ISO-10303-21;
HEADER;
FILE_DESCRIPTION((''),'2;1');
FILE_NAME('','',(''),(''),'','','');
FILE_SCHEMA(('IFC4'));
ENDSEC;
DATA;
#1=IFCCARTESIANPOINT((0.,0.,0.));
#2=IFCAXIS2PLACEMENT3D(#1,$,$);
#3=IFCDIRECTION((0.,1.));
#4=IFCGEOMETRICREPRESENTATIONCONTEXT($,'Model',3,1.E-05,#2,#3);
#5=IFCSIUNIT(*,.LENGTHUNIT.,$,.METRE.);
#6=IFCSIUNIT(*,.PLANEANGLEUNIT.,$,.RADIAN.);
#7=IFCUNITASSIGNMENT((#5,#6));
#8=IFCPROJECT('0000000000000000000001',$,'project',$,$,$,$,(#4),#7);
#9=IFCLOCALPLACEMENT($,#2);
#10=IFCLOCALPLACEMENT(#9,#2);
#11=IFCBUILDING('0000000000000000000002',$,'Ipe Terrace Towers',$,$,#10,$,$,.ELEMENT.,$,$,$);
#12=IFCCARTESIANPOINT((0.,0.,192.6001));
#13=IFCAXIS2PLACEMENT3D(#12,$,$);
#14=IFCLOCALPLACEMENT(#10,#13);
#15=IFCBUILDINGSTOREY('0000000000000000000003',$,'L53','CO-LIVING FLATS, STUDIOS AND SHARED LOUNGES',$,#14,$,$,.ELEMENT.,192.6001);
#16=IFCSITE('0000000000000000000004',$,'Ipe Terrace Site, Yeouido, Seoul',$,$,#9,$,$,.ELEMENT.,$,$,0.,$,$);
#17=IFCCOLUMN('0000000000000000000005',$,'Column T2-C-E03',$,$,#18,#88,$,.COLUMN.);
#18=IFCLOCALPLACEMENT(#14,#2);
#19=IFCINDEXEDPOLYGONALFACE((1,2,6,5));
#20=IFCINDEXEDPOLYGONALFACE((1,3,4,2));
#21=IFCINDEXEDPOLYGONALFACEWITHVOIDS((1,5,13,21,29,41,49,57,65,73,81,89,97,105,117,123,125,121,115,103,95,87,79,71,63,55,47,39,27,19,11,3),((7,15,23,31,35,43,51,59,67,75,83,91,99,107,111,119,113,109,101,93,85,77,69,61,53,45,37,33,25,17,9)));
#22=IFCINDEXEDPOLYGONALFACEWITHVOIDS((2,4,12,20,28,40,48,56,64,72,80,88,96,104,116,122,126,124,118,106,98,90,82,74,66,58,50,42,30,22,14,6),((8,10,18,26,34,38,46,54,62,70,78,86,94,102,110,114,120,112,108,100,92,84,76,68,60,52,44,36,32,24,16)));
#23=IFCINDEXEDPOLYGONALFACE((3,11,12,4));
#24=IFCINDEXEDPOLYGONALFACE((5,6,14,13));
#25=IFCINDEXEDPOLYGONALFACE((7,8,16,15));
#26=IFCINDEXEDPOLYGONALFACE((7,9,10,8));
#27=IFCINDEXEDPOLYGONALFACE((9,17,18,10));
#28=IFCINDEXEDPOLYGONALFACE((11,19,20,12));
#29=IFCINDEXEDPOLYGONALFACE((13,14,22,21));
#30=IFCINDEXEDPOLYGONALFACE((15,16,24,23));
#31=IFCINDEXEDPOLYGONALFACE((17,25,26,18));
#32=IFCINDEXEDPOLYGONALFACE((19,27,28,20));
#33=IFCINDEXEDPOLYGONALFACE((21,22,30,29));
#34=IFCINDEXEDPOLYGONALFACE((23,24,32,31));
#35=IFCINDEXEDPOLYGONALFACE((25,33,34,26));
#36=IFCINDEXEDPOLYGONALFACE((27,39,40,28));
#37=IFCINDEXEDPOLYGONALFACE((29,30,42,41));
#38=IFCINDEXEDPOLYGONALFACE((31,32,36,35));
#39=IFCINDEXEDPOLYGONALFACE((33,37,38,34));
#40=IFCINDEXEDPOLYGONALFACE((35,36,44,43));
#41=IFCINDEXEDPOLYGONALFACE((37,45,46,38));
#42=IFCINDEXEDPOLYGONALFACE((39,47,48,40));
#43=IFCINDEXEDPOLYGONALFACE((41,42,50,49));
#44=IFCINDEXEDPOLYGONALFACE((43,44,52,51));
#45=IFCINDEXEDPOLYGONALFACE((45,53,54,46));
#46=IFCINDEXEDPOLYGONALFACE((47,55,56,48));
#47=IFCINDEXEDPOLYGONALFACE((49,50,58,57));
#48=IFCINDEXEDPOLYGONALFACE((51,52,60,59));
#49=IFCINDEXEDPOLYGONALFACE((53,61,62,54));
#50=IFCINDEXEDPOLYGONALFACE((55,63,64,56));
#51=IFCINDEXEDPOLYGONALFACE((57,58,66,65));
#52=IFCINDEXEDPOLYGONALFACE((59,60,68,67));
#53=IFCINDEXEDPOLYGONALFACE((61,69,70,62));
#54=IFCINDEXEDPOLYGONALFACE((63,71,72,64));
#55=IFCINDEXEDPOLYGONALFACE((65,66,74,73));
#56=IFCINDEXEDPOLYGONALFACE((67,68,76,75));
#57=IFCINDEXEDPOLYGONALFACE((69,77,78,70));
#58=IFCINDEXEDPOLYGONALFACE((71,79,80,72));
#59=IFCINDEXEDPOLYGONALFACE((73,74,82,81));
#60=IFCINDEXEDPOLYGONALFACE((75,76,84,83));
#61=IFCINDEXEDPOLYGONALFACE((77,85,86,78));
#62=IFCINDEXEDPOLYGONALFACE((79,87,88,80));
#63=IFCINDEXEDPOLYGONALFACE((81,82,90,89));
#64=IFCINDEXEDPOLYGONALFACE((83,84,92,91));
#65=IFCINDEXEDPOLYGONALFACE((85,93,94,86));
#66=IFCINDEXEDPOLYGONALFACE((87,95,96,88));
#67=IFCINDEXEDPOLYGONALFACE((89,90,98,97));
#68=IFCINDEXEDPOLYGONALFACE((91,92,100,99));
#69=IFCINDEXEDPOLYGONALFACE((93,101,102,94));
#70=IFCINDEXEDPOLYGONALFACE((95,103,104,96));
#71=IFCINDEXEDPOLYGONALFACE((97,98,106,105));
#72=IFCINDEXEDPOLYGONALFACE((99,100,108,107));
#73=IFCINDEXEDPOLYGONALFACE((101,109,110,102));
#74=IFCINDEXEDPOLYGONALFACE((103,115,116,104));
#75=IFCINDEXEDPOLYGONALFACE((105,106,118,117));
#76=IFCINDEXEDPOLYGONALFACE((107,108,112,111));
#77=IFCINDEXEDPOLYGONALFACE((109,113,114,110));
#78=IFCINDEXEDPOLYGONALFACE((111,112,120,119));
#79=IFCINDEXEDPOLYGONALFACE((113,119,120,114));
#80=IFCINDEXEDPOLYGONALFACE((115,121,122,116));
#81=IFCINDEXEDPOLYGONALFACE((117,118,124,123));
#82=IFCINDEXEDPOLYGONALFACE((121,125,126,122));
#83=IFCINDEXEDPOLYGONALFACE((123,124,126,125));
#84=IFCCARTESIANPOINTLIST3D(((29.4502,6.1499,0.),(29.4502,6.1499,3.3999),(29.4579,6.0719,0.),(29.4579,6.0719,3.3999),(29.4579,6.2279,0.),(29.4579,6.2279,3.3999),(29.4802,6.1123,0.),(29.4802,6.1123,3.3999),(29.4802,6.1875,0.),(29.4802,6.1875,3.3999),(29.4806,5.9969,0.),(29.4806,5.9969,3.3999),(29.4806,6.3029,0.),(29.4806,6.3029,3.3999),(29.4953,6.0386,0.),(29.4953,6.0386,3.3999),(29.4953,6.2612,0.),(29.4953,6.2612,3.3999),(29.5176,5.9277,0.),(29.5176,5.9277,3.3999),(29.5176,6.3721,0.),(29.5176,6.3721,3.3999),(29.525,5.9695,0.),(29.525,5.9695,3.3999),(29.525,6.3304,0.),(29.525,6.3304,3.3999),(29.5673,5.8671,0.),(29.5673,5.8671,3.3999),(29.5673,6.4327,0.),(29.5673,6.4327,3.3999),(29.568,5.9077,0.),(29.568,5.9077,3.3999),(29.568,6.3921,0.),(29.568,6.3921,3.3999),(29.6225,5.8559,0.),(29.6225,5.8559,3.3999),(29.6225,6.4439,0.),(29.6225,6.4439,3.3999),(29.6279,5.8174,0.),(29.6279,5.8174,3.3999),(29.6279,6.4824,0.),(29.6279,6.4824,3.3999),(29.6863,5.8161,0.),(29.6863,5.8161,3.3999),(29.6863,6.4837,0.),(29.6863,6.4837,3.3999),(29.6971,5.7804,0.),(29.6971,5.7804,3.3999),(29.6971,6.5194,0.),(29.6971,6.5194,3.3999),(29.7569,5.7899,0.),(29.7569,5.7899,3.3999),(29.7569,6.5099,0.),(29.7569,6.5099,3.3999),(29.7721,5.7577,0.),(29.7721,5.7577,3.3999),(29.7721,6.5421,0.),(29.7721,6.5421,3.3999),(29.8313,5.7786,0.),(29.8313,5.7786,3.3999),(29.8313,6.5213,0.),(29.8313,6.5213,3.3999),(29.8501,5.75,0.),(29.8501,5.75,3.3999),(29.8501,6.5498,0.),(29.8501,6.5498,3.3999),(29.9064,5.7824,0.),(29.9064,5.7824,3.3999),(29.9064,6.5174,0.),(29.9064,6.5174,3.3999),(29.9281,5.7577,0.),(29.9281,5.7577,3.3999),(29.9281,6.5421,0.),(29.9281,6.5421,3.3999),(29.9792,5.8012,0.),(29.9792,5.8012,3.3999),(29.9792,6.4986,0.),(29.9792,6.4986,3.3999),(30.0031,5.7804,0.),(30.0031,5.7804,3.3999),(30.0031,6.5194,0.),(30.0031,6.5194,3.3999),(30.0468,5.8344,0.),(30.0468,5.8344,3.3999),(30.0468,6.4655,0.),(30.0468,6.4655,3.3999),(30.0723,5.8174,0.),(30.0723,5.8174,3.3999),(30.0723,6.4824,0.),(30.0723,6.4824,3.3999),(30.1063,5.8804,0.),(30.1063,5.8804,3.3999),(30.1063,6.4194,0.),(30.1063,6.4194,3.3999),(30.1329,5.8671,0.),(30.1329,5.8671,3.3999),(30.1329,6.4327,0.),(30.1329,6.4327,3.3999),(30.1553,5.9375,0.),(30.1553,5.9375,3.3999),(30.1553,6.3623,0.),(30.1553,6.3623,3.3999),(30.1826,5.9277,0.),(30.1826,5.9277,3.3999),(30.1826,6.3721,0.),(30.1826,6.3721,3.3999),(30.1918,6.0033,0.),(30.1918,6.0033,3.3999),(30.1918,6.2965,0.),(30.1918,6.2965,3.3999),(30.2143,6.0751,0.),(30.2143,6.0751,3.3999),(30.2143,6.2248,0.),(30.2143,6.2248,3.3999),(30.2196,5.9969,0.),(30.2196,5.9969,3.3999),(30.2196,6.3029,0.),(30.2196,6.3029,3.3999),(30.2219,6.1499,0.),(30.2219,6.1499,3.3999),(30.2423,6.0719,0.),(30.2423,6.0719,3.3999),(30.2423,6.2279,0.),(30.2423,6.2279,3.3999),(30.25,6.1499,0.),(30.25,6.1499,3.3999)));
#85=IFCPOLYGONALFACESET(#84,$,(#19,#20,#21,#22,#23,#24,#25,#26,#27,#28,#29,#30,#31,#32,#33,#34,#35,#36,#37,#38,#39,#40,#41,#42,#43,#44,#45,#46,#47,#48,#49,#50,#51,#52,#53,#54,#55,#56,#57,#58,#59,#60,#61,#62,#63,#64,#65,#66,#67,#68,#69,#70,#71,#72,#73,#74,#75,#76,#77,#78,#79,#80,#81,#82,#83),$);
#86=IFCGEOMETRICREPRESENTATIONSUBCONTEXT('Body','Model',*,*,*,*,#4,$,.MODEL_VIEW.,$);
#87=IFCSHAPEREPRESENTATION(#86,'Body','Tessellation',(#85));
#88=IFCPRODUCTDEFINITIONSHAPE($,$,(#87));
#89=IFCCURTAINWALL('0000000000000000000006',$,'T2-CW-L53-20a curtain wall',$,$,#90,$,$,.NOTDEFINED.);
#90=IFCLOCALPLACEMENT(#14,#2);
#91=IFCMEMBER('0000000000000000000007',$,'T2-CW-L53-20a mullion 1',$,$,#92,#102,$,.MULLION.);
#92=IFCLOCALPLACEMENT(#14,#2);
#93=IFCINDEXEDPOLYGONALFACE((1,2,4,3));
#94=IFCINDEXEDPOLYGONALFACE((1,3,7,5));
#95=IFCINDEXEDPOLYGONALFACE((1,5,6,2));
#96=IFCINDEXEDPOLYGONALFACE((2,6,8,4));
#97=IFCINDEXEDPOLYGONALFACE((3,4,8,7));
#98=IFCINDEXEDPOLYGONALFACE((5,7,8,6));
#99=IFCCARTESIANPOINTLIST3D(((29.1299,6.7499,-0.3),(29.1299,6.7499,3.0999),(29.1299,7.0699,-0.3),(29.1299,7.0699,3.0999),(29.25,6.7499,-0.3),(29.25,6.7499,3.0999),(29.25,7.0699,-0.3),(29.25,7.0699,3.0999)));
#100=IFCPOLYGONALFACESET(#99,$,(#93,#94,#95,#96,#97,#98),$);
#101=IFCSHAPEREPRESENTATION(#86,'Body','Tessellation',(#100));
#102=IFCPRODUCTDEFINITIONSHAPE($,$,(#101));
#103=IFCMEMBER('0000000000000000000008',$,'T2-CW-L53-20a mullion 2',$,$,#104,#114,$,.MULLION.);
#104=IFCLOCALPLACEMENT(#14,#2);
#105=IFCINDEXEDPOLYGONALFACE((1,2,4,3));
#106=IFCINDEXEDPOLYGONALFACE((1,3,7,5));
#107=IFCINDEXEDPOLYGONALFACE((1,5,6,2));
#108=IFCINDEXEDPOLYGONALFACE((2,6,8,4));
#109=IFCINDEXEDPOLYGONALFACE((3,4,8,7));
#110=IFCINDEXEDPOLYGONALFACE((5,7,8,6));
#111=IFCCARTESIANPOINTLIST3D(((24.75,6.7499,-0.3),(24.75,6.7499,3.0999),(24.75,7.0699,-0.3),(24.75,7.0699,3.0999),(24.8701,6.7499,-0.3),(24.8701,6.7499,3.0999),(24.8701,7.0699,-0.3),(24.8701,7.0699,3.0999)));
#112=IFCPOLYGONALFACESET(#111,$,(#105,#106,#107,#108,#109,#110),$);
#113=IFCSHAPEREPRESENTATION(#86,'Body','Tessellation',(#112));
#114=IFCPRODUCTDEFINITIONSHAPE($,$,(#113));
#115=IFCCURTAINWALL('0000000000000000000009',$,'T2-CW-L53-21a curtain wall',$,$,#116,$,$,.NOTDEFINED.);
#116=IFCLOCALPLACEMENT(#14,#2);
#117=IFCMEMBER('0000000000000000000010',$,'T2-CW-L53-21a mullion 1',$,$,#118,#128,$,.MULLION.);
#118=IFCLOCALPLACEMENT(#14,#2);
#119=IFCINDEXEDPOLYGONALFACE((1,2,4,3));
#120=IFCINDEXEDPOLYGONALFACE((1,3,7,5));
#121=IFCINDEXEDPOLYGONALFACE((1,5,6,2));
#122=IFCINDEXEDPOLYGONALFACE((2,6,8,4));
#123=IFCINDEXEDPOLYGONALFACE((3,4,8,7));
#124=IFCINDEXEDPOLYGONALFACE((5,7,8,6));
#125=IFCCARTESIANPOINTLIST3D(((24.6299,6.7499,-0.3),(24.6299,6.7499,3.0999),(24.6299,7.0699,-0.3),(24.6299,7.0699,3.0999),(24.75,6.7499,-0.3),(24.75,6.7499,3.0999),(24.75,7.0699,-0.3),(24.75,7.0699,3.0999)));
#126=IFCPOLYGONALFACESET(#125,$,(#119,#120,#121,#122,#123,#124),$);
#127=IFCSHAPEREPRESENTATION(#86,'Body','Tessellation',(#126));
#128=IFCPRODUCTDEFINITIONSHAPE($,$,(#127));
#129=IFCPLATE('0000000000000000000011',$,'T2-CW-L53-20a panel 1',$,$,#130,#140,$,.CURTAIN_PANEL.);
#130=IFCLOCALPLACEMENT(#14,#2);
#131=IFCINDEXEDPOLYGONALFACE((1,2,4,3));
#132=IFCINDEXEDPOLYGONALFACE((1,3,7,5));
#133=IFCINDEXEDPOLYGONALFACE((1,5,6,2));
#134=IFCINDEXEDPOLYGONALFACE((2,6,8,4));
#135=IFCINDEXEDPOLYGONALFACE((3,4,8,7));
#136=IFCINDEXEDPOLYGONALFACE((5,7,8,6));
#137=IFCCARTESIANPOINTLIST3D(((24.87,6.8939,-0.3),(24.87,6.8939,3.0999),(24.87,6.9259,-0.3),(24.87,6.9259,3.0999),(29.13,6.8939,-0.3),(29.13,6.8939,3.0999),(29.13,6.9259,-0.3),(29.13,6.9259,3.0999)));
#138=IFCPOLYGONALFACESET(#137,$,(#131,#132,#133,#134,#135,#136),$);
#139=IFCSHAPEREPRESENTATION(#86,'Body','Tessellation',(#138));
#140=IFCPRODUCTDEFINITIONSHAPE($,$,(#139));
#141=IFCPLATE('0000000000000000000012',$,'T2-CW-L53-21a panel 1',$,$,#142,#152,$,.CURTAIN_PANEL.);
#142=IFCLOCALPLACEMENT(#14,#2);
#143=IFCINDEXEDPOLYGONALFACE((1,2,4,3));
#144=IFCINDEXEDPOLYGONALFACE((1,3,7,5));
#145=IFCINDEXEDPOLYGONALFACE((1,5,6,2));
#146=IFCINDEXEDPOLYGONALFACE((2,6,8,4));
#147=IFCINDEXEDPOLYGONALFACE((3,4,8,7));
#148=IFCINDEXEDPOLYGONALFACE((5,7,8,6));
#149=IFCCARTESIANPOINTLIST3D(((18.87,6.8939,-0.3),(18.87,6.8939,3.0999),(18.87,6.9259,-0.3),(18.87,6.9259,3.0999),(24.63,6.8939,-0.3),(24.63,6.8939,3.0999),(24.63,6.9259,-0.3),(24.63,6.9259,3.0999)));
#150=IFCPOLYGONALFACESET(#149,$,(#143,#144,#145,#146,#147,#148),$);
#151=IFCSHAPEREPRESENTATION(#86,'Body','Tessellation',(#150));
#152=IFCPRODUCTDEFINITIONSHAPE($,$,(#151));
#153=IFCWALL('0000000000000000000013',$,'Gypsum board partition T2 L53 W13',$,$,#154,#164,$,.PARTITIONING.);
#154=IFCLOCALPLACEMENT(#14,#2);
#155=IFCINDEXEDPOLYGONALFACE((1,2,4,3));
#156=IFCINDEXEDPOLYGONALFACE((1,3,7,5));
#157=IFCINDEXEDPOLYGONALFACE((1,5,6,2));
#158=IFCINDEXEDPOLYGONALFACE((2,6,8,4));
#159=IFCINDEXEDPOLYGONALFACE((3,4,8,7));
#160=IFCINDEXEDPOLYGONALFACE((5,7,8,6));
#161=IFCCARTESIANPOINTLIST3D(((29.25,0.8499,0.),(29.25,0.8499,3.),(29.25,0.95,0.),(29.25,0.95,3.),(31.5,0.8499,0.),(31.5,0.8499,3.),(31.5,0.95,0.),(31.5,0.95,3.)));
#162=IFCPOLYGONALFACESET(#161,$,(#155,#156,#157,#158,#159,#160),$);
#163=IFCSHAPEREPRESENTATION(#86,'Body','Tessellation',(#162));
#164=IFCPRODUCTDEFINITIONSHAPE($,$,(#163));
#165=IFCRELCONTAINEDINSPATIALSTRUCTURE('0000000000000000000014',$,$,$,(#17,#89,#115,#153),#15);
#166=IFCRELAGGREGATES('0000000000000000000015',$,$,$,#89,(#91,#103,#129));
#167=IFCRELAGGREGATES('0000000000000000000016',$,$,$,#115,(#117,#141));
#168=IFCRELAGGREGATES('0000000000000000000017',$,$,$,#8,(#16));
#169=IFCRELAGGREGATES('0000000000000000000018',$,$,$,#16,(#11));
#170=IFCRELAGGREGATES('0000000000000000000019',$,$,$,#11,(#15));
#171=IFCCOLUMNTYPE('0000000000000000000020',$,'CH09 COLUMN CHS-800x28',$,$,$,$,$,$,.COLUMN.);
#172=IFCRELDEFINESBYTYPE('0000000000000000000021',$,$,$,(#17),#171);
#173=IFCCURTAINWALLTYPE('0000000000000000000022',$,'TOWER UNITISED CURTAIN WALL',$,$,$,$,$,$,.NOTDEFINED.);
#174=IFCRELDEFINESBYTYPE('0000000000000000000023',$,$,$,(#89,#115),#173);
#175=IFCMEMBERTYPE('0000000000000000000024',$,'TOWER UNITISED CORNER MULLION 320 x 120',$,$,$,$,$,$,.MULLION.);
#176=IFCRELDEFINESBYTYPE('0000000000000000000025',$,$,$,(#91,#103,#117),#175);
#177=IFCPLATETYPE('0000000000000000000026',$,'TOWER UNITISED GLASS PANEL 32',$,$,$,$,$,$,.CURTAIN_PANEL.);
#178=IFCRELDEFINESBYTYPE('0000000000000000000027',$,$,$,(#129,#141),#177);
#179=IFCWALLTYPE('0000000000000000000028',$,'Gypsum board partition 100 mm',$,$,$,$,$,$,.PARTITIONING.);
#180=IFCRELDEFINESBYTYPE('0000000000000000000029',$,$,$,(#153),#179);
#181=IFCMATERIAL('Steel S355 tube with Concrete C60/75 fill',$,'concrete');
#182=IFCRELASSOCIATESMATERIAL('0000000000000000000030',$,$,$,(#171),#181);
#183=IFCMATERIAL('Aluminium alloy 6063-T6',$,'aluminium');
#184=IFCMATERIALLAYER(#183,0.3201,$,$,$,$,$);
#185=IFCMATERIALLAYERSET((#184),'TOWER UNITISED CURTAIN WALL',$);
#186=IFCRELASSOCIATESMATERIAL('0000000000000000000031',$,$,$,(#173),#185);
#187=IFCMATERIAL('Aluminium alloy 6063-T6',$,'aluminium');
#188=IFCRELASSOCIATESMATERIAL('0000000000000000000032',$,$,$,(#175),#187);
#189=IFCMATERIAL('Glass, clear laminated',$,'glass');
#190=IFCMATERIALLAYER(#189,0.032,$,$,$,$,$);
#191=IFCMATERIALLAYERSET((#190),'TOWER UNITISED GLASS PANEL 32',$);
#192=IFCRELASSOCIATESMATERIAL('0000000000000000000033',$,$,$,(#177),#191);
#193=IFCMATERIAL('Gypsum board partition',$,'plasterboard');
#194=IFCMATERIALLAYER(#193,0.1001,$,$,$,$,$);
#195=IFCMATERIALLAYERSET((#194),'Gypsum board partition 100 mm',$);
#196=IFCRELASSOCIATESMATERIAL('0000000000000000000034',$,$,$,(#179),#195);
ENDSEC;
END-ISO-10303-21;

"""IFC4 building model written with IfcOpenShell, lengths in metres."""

from ifc_helpers import new_model, si_unit, direction, frame, frame_2d, origin, origin_2d, place, context, subcontext, project, spatial, rectangle, hollow_circle, extrude, material, layer, layer_set, material_profile, profile_set, type_object, element, aggregate, save


model = new_model("IFC4")

# Units and contexts
model_context = context("Model", 3, precision=1e-05, world=origin(), true_north=direction((0.0, 1.0)))
body_context = subcontext(model_context, "Body", "Model", "MODEL_VIEW")
ifc_project = project(units=[si_unit("LENGTHUNIT", "METRE"), si_unit("PLANEANGLEUNIT", "RADIAN")], contexts=[model_context])

# Site, building, storey
site_placement = place(None, origin())
site = spatial("IfcSite", under=ifc_project, at=site_placement, Name="Ipe Terrace Site, Yeouido, Seoul", CompositionType="ELEMENT", RefElevation=0.0)
building_placement = place(site_placement, origin())
building = spatial("IfcBuilding", under=site, at=building_placement, Name="Ipe Terrace Towers", CompositionType="ELEMENT")
storey_placement = place(building_placement, frame((0.0, 0.0, 192.6001)))
storey = spatial("IfcBuildingStorey", under=building, at=storey_placement, Name="L53", Description="CO-LIVING FLATS, STUDIOS AND SHARED LOUNGES", CompositionType="ELEMENT", Elevation=192.6001)

# Column
ifc_material_1 = material(Name="Steel S355 tube with Concrete C60/75 fill", Category="concrete")
ifc_material_profile_1 = material_profile(ifc_material_1, hollow_circle(Radius=0.3999, WallThickness=0.0281, at=origin_2d()), Name="CHS-800x28")
ifc_profile_set_1 = profile_set([ifc_material_profile_1], Name="Steel S355 tube with Concrete C60/75 fill")
column_type = type_object("IfcColumnType", Name="CH09 COLUMN CHS-800x28", PredefinedType="COLUMN", material=ifc_profile_set_1)
column_placement = place(storey_placement, frame((29.8501, 6.1499, 0.0), z_axis=(0.0, 0.0, 1.0), x_axis=(1.0, 0.0, 0.0)))
element("IfcColumn", 1, at=column_placement, inside=storey, type_object=column_type, Name="Column T2-C-E03", PredefinedType="COLUMN", context=body_context, shape_type="SweptSolid", body=[
    extrude(hollow_circle(Radius=0.3999, WallThickness=0.0281, at=origin_2d()), origin(), (0.0, 0.0, 1.0), 3.3999),
])

# Curtain wall, members
ifc_material_2 = material(Name="Aluminium alloy 6063-T6", Category="aluminium")
ifc_layer_1 = layer(ifc_material_2, 0.3201)
ifc_layer_set_1 = layer_set([ifc_layer_1], Name="TOWER UNITISED CURTAIN WALL")
curtain_wall_type = type_object("IfcCurtainWallType", Name="TOWER UNITISED CURTAIN WALL", PredefinedType="NOTDEFINED", material=ifc_layer_set_1)
curtain_wall_1_placement = place(storey_placement, origin())
curtain_wall_1 = element("IfcCurtainWall", 2, at=curtain_wall_1_placement, inside=storey, type_object=curtain_wall_type, Name="T2-CW-L53-20a curtain wall", PredefinedType="NOTDEFINED")
ifc_material_3 = material(Name="Aluminium alloy 6063-T6", Category="aluminium")
ifc_material_profile_2 = material_profile(ifc_material_3, rectangle(XDim=0.3201, YDim=0.1201, at=origin_2d()), Name="TOWER UNITISED CORNER MULLION 320 x 120")
ifc_profile_set_2 = profile_set([ifc_material_profile_2], Name="Aluminium alloy 6063-T6")
member_type = type_object("IfcMemberType", Name="TOWER UNITISED CORNER MULLION 320 x 120", PredefinedType="MULLION", material=ifc_profile_set_2)
member_1_placement = place(storey_placement, frame((29.1899, 6.9099, -0.3), z_axis=(0.0, 0.0, 1.0), x_axis=(0.0, 1.0, 0.0)))
member_1 = element("IfcMember", 3, at=member_1_placement, type_object=member_type, Name="T2-CW-L53-20a mullion 1", PredefinedType="MULLION", context=body_context, shape_type="SweptSolid", body=[
    extrude(rectangle(XDim=0.3201, YDim=0.1201, at=origin_2d()), origin(), (0.0, 0.0, 1.0), 3.3999),
])
member_2_placement = place(storey_placement, frame((24.8101, 6.9099, -0.3), z_axis=(0.0, 0.0, 1.0), x_axis=(0.0, 1.0, 0.0)))
member_2 = element("IfcMember", 4, at=member_2_placement, type_object=member_type, Name="T2-CW-L53-20a mullion 2", PredefinedType="MULLION", context=body_context, shape_type="SweptSolid", body=[
    extrude(rectangle(XDim=0.3201, YDim=0.1201, at=origin_2d()), origin(), (0.0, 0.0, 1.0), 3.3999),
])

# Curtain wall, member
curtain_wall_2_placement = place(storey_placement, origin())
curtain_wall_2 = element("IfcCurtainWall", 5, at=curtain_wall_2_placement, inside=storey, type_object=curtain_wall_type, Name="T2-CW-L53-21a curtain wall", PredefinedType="NOTDEFINED")
member_3_placement = place(storey_placement, frame((24.6899, 6.9099, -0.3), z_axis=(0.0, 0.0, 1.0), x_axis=(0.0, 1.0, 0.0)))
member_3 = element("IfcMember", 6, at=member_3_placement, type_object=member_type, Name="T2-CW-L53-21a mullion 1", PredefinedType="MULLION", context=body_context, shape_type="SweptSolid", body=[
    extrude(rectangle(XDim=0.3201, YDim=0.1201, at=origin_2d()), origin(), (0.0, 0.0, 1.0), 3.3999),
])

# Plates
ifc_material_4 = material(Name="Glass, clear laminated", Category="glass")
ifc_layer_2 = layer(ifc_material_4, 0.032)
ifc_layer_set_2 = layer_set([ifc_layer_2], Name="TOWER UNITISED GLASS PANEL 32")
plate_type = type_object("IfcPlateType", Name="TOWER UNITISED GLASS PANEL 32", PredefinedType="CURTAIN_PANEL", material=ifc_layer_set_2)
plate_1_placement = place(storey_placement, frame((27.0, 6.9099, -0.3), z_axis=(0.0, 0.0, 1.0), x_axis=(-1.0, 0.0, 0.0)))
plate_1 = element("IfcPlate", 7, at=plate_1_placement, type_object=plate_type, Name="T2-CW-L53-20a panel 1", PredefinedType="CURTAIN_PANEL", context=body_context, shape_type="SweptSolid", body=[
    extrude(rectangle(XDim=4.26, YDim=0.032, at=origin_2d()), origin(), (0.0, 0.0, 1.0), 3.3999),
])
aggregate(curtain_wall_1, [member_1, member_2, plate_1])
plate_2_placement = place(storey_placement, frame((21.75, 6.9099, -0.3), z_axis=(0.0, 0.0, 1.0), x_axis=(-1.0, 0.0, 0.0)))
plate_2 = element("IfcPlate", 8, at=plate_2_placement, type_object=plate_type, Name="T2-CW-L53-21a panel 1", PredefinedType="CURTAIN_PANEL", context=body_context, shape_type="SweptSolid", body=[
    extrude(rectangle(XDim=5.76, YDim=0.032, at=origin_2d()), origin(), (0.0, 0.0, 1.0), 3.3999),
])
aggregate(curtain_wall_2, [member_3, plate_2])

# Wall
ifc_material_5 = material(Name="Gypsum board partition", Category="plasterboard")
ifc_layer_3 = layer(ifc_material_5, 0.1001)
ifc_layer_set_3 = layer_set([ifc_layer_3], Name="Gypsum board partition 100 mm")
wall_type_1 = type_object("IfcWallType", Name="Gypsum board partition 100 mm", PredefinedType="PARTITIONING", material=ifc_layer_set_3)
wall_1_placement = place(storey_placement, frame((31.5, 0.8999, 0.0), z_axis=(0.0, 0.0, 1.0), x_axis=(-1.0, 0.0, 0.0)))
element("IfcWall", 9, at=wall_1_placement, inside=storey, type_object=wall_type_1, Name="Gypsum board partition T2 L53 W13", PredefinedType="PARTITIONING", context=body_context, shape_type="SweptSolid", body=[
    extrude(rectangle(XDim=2.25, YDim=0.1001, at=frame_2d((1.125, 0.0))), origin(), (0.0, 0.0, 1.0), 3.0),
])

save(model, "model.ifc")
